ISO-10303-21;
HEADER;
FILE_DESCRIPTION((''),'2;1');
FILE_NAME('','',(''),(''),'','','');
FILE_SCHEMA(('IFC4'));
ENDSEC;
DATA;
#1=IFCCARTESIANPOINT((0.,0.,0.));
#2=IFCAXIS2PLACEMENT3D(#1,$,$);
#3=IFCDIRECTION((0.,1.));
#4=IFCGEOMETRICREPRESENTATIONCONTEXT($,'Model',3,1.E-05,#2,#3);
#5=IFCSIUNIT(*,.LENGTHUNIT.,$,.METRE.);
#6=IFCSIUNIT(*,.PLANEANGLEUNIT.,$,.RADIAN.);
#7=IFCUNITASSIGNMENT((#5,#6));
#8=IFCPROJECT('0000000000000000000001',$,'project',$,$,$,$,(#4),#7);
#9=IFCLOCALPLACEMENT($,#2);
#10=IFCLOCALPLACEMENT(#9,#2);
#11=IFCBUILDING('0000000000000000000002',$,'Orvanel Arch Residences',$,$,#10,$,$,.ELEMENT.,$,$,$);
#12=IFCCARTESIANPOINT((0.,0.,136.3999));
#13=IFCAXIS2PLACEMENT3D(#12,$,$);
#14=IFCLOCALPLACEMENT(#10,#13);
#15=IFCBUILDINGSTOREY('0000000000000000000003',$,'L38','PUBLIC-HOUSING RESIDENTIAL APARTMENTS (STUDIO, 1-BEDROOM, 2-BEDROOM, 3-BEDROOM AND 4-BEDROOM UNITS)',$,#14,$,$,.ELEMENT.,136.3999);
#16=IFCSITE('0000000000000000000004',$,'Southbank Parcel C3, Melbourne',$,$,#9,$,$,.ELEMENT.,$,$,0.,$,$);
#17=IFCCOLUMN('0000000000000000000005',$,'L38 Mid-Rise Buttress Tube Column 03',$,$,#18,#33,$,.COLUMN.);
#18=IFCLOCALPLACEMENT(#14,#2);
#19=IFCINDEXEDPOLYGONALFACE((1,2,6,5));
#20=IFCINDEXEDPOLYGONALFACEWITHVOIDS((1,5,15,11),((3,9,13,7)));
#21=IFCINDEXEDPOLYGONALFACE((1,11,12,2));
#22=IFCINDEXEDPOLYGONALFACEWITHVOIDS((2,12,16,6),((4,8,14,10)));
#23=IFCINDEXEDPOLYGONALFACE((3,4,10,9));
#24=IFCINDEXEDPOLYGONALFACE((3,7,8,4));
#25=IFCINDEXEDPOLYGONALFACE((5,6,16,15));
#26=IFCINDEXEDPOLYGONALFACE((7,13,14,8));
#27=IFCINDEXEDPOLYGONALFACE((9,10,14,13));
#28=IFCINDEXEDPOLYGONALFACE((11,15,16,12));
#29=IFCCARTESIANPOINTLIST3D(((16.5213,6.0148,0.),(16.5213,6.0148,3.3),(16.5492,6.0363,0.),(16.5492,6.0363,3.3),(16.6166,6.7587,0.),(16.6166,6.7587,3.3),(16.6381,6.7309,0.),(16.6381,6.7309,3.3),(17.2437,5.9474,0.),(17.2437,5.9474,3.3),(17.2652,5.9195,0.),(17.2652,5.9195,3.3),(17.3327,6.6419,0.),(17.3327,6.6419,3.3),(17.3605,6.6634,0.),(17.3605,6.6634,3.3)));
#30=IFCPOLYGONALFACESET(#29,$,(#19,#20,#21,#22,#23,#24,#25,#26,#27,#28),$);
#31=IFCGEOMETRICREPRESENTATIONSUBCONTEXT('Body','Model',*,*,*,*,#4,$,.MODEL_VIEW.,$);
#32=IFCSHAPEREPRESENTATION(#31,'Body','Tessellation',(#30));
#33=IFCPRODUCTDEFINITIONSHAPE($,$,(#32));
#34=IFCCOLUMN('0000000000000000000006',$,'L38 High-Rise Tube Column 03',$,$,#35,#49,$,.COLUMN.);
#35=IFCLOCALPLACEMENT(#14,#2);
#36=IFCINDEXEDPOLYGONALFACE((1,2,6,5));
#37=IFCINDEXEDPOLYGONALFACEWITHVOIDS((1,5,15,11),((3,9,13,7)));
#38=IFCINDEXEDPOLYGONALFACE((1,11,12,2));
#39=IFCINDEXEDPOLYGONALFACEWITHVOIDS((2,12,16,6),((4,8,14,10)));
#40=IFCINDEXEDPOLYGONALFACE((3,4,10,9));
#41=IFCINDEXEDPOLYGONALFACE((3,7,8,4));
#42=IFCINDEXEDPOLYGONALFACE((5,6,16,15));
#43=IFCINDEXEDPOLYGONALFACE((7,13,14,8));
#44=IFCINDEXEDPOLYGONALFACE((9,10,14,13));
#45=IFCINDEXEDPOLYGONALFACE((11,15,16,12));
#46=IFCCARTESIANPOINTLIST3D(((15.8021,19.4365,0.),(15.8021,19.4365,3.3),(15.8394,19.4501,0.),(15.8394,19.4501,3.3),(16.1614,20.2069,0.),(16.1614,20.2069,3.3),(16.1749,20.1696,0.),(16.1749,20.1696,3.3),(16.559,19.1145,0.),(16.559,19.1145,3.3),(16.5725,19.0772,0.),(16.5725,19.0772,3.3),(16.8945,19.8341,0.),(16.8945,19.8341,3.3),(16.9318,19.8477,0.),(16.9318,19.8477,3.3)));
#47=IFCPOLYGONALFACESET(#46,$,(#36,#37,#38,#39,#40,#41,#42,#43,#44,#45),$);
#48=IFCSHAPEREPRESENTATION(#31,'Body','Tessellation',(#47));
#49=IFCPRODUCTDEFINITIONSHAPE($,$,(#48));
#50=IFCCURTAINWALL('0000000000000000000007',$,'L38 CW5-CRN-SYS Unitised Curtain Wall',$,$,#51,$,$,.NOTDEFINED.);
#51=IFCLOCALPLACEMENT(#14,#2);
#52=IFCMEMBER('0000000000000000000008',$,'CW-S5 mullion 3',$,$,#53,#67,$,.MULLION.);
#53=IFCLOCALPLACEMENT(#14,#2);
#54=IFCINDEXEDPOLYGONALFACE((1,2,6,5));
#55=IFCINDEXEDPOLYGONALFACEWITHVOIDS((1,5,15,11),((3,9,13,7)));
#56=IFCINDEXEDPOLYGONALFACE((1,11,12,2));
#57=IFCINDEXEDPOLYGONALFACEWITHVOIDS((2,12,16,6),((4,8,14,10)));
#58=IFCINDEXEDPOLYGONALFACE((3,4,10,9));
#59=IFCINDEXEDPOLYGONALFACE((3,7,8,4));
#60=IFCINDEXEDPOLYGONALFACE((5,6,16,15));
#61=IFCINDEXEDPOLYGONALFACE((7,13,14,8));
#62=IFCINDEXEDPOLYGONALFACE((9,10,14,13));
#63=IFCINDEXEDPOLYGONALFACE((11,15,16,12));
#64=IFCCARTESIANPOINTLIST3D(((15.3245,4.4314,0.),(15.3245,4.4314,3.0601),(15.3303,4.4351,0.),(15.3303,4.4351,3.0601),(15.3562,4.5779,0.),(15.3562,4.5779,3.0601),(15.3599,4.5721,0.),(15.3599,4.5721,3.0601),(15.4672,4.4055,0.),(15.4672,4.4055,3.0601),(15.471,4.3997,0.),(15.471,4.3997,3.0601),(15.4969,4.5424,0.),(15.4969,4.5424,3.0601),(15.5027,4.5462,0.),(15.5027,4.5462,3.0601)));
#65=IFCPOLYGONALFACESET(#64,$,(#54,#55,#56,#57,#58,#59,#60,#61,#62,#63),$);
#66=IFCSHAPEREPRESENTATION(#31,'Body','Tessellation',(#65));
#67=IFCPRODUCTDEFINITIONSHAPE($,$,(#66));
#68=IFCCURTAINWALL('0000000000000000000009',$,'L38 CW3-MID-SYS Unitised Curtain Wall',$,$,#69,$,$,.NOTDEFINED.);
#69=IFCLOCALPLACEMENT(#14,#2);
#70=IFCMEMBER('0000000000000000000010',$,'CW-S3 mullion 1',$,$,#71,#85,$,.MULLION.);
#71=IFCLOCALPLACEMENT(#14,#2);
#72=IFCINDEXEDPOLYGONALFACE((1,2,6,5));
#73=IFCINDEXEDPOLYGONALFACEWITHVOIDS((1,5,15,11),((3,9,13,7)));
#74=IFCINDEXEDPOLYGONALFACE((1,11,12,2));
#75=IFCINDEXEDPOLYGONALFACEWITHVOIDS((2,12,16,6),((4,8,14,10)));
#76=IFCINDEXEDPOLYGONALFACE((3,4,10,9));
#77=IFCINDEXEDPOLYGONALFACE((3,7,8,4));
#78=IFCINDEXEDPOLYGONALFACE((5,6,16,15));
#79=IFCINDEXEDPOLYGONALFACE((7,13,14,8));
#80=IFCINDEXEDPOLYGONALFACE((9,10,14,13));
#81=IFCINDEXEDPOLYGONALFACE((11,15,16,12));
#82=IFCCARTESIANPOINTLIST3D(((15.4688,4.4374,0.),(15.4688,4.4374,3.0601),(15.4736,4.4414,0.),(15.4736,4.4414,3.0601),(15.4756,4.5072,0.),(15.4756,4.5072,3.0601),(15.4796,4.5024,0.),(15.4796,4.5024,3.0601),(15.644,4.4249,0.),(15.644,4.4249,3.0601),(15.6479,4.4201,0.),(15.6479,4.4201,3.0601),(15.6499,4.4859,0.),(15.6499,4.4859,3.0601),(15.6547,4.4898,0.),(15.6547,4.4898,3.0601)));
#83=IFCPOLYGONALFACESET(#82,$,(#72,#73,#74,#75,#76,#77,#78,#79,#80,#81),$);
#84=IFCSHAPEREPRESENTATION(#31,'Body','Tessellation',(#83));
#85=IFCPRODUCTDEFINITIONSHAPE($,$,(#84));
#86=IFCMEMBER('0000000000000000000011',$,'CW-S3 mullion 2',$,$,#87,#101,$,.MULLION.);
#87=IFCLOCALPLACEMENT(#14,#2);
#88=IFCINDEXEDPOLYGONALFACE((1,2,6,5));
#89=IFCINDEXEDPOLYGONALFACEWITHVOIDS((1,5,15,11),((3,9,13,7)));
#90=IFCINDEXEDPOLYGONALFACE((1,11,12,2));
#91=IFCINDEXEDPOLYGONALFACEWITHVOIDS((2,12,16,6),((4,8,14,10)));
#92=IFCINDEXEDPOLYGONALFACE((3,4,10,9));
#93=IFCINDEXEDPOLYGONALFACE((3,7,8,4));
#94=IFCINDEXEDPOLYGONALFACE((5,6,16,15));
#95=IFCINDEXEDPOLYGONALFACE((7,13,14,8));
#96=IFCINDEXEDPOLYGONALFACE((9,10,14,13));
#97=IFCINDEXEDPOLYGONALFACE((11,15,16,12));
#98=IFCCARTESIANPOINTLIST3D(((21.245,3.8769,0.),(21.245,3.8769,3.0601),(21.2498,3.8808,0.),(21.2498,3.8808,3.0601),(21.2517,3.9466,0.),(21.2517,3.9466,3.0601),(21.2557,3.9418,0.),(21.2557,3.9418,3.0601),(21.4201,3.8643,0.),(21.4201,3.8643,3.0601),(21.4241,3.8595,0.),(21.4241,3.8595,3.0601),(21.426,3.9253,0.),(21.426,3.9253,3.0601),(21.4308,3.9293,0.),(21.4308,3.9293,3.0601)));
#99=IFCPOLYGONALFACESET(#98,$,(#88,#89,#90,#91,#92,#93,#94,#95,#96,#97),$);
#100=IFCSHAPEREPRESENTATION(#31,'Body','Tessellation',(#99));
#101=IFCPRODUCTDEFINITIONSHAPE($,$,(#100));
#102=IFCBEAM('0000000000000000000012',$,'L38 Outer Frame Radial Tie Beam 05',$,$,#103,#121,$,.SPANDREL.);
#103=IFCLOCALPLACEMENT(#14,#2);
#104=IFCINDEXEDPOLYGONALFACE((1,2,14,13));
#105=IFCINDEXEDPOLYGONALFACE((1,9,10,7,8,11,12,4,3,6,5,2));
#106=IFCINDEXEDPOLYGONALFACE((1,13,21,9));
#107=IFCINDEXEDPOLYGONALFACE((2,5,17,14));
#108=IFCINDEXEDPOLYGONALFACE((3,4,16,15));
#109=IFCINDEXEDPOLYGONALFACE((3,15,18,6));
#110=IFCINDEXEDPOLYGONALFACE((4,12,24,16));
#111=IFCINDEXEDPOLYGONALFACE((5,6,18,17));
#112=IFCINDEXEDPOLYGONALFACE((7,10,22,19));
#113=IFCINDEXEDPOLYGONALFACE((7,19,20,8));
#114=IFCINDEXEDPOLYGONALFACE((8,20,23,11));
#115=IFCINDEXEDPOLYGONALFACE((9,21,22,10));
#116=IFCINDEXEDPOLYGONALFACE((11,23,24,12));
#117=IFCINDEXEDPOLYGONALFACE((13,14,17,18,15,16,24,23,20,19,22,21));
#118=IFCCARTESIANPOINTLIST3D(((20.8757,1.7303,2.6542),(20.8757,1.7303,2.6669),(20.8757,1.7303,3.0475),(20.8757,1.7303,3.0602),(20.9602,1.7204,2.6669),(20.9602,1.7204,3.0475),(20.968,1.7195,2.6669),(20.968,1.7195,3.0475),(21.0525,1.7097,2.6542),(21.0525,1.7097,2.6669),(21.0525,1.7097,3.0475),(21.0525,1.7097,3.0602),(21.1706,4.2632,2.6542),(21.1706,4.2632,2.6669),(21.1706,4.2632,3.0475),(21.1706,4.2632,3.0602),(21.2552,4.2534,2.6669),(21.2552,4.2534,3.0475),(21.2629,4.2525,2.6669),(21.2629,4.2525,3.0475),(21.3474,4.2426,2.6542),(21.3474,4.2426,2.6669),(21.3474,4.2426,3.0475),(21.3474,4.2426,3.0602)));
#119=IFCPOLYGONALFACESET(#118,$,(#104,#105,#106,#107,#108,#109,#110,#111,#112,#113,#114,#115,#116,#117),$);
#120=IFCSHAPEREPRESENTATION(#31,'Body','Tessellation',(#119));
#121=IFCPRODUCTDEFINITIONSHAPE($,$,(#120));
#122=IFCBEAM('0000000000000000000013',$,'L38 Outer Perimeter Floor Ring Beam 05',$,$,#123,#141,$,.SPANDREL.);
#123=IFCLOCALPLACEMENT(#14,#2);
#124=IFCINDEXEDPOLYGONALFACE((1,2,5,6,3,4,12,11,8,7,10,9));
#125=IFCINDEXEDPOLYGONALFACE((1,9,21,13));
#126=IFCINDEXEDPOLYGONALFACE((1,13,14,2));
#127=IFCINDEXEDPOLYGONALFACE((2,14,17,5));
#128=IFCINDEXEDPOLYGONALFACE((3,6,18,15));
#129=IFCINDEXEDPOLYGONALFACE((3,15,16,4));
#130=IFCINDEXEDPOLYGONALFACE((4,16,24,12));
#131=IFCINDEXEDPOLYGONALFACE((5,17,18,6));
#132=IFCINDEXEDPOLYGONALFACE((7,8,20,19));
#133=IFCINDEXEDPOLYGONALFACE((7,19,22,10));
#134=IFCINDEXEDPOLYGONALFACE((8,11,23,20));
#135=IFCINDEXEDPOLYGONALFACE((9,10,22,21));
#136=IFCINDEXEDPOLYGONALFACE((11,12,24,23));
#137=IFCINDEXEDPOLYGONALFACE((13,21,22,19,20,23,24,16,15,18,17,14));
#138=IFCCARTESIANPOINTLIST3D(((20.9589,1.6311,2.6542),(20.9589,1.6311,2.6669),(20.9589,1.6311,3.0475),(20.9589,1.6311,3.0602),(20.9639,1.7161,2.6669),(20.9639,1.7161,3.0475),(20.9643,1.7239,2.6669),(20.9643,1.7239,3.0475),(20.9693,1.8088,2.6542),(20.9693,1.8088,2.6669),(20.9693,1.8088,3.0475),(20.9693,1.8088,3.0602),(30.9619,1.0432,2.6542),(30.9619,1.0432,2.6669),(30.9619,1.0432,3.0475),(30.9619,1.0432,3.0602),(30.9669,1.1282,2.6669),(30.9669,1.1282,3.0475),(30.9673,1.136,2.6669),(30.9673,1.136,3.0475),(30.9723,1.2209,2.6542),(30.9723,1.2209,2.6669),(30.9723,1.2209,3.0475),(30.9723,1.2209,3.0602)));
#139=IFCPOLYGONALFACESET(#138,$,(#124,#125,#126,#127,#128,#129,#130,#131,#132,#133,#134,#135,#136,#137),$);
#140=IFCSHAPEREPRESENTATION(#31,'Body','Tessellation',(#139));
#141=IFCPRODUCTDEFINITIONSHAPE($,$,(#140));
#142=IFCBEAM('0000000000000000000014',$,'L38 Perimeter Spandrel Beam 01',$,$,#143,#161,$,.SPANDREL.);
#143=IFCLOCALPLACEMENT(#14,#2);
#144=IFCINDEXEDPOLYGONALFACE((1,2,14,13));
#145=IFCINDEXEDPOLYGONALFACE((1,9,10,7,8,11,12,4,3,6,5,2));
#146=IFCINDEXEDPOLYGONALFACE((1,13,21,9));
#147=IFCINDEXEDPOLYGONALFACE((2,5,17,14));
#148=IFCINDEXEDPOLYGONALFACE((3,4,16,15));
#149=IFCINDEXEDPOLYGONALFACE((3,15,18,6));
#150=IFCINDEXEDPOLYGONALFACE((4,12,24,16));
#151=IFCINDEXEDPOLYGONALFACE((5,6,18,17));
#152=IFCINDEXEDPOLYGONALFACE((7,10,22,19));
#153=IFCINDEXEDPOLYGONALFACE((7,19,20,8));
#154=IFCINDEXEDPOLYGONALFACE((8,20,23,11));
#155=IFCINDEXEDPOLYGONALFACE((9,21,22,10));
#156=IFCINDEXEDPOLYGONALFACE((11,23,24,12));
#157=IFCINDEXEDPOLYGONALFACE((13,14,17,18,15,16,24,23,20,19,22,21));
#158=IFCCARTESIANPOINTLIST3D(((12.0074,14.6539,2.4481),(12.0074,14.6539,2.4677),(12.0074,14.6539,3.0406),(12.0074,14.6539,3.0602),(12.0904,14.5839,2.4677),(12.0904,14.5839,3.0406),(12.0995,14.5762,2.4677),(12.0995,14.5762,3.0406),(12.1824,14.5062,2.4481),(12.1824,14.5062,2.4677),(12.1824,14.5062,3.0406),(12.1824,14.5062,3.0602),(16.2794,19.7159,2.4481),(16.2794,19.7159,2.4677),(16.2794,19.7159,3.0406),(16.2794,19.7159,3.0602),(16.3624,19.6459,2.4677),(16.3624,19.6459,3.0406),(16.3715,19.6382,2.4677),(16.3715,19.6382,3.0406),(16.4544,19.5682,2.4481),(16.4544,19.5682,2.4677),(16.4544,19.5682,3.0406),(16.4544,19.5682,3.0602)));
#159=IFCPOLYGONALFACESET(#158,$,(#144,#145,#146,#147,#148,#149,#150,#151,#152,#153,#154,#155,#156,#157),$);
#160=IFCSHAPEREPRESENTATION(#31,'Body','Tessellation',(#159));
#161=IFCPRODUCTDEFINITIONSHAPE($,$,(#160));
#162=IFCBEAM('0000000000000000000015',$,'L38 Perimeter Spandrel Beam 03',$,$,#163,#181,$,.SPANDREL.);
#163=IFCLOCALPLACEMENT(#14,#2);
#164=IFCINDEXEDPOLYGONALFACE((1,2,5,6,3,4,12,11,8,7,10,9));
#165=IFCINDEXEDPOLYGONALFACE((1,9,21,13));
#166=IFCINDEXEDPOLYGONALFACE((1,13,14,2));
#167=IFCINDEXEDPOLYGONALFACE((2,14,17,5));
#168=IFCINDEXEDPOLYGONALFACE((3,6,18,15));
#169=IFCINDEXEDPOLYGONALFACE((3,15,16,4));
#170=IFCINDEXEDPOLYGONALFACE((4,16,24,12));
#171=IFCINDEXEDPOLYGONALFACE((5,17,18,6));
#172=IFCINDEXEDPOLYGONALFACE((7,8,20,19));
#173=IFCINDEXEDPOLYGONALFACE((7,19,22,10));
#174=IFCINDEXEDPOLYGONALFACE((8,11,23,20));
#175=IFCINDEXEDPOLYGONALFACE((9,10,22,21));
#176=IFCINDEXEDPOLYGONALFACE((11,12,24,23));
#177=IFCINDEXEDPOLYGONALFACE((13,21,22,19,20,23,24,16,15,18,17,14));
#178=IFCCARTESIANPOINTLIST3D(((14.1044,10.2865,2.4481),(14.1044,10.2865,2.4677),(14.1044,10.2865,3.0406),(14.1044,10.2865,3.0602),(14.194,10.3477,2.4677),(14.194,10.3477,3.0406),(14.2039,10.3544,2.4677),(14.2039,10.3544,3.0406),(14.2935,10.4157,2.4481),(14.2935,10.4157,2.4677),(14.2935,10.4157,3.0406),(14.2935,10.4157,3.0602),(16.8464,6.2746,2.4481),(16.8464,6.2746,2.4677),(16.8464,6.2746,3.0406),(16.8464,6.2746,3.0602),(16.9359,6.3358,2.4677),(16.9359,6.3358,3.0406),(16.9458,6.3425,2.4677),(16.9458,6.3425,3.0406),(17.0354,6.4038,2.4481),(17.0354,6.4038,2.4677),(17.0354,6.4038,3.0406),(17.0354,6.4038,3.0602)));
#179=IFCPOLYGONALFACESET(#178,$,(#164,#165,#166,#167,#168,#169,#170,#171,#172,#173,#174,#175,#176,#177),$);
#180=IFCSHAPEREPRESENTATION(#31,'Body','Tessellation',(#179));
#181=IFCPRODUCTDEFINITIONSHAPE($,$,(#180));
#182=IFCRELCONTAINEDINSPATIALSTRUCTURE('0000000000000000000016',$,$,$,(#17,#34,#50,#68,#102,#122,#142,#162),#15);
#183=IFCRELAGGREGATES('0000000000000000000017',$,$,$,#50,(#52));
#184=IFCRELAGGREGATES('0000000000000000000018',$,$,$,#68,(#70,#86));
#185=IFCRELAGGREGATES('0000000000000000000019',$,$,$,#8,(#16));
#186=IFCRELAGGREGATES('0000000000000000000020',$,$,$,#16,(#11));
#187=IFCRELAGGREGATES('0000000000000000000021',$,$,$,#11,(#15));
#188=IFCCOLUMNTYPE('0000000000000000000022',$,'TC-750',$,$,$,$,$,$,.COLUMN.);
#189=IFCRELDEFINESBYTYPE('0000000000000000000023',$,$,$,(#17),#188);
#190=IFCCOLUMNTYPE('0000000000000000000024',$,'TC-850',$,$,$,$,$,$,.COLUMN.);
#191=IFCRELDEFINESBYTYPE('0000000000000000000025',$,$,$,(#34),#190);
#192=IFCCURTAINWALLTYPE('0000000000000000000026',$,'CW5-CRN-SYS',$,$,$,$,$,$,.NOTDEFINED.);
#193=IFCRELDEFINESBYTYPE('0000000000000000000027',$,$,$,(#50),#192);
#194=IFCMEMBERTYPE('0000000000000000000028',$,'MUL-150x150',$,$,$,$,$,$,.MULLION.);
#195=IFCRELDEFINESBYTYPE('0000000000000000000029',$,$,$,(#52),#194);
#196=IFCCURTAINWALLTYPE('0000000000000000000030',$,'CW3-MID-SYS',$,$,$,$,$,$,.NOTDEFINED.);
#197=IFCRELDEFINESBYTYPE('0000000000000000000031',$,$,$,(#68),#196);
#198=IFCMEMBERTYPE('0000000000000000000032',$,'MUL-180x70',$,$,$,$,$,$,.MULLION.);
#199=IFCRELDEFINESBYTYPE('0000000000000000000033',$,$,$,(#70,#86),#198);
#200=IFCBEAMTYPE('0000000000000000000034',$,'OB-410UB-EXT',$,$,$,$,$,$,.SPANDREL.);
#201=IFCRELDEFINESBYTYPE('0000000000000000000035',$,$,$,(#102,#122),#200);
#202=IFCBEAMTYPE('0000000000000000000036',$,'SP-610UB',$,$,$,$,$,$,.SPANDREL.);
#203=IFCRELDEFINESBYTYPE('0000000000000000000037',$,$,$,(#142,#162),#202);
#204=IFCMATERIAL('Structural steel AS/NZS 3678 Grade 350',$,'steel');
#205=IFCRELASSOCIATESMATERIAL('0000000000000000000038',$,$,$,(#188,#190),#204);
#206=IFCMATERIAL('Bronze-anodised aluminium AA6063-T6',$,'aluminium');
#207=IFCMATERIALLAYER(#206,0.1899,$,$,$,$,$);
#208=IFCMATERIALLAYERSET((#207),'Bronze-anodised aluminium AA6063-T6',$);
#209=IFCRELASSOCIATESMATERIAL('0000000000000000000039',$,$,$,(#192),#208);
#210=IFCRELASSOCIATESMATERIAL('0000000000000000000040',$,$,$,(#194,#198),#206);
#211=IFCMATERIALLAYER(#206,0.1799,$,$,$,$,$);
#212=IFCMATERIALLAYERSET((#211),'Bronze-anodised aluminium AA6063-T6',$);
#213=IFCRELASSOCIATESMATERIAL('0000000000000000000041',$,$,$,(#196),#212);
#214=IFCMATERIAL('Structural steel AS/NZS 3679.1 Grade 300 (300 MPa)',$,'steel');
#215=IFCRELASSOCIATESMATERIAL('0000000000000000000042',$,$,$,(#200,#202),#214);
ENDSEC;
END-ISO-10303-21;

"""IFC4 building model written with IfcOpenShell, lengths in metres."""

from ifc_helpers import new_model, si_unit, direction, frame, origin, origin_2d, place, context, subcontext, project, spatial, hollow_rectangle, i_section, extrude, material, layer, layer_set, material_profile, profile_set, type_object, element, aggregate, save


model = new_model("IFC4")

# Units and contexts
model_context = context("Model", 3, precision=1e-05, world=origin(), true_north=direction((0.0, 1.0)))
body_context = subcontext(model_context, "Body", "Model", "MODEL_VIEW")
ifc_project = project(units=[si_unit("LENGTHUNIT", "METRE"), si_unit("PLANEANGLEUNIT", "RADIAN")], contexts=[model_context])

# Site, building, storey
site_placement = place(None, origin())
site = spatial("IfcSite", under=ifc_project, at=site_placement, Name="Southbank Parcel C3, Melbourne", CompositionType="ELEMENT", RefElevation=0.0)
building_placement = place(site_placement, origin())
building = spatial("IfcBuilding", under=site, at=building_placement, Name="Orvanel Arch Residences", CompositionType="ELEMENT")
storey_placement = place(building_placement, frame((0.0, 0.0, 136.3999)))
storey = spatial("IfcBuildingStorey", under=building, at=storey_placement, Name="L38", Description="PUBLIC-HOUSING RESIDENTIAL APARTMENTS (STUDIO, 1-BEDROOM, 2-BEDROOM, 3-BEDROOM AND 4-BEDROOM UNITS)", CompositionType="ELEMENT", Elevation=136.3999)

# Columns
ifc_material_1 = material(Name="Structural steel AS/NZS 3678 Grade 350", Category="steel")
ifc_material_profile_1 = material_profile(ifc_material_1, hollow_rectangle(XDim=0.75, YDim=0.75, WallThickness=0.0249, at=origin_2d()), Name="BOX750x750x25")
ifc_profile_set_1 = profile_set([ifc_material_profile_1], Name="Structural steel AS/NZS 3678 Grade 350")
column_type_1 = type_object("IfcColumnType", Name="TC-750", PredefinedType="COLUMN", material=ifc_profile_set_1)
column_1_placement = place(storey_placement, frame((16.9409, 6.3391, 0.0), z_axis=(0.0, 0.0, 1.0), x_axis=(-0.991894, 0.127065, 0.0)))
element("IfcColumn", 1, at=column_1_placement, inside=storey, type_object=column_type_1, Name="L38 Mid-Rise Buttress Tube Column 03", PredefinedType="COLUMN", context=body_context, shape_type="SweptSolid", body=[
    extrude(hollow_rectangle(XDim=0.75, YDim=0.75, WallThickness=0.0249, at=origin_2d()), origin(), (0.0, 0.0, 1.0), 3.3),
])
ifc_material_profile_2 = material_profile(ifc_material_1, hollow_rectangle(XDim=0.8501, YDim=0.8501, WallThickness=0.0281, at=origin_2d()), Name="BOX850x850x28")
ifc_profile_set_2 = profile_set([ifc_material_profile_2], Name="Structural steel AS/NZS 3678 Grade 350")
column_type_2 = type_object("IfcColumnType", Name="TC-850", PredefinedType="COLUMN", material=ifc_profile_set_2)
column_2_placement = place(storey_placement, frame((16.3669, 19.6421, 0.0), z_axis=(0.0, 0.0, 1.0), x_axis=(0.422618, 0.906308, 0.0)))
element("IfcColumn", 2, at=column_2_placement, inside=storey, type_object=column_type_2, Name="L38 High-Rise Tube Column 03", PredefinedType="COLUMN", context=body_context, shape_type="SweptSolid", body=[
    extrude(hollow_rectangle(XDim=0.8501, YDim=0.8501, WallThickness=0.0281, at=origin_2d()), origin(), (0.0, 0.0, 1.0), 3.3),
])

# Curtain wall, member
ifc_material_2 = material(Name="Bronze-anodised aluminium AA6063-T6", Category="aluminium")
ifc_layer_1 = layer(ifc_material_2, 0.1899)
ifc_layer_set_1 = layer_set([ifc_layer_1], Name="Bronze-anodised aluminium AA6063-T6")
curtain_wall_type_1 = type_object("IfcCurtainWallType", Name="CW5-CRN-SYS", PredefinedType="NOTDEFINED", material=ifc_layer_set_1)
curtain_wall_1_placement = place(storey_placement, origin())
curtain_wall_1 = element("IfcCurtainWall", 3, at=curtain_wall_1_placement, inside=storey, type_object=curtain_wall_type_1, Name="L38 CW5-CRN-SYS Unitised Curtain Wall", PredefinedType="NOTDEFINED")
ifc_material_profile_3 = material_profile(ifc_material_2, hollow_rectangle(XDim=0.1499, YDim=0.1499, WallThickness=0.0049, at=origin_2d()), Name="ALU150x150x5")
ifc_profile_set_3 = profile_set([ifc_material_profile_3], Name="Bronze-anodised aluminium AA6063-T6")
member_type_1 = type_object("IfcMemberType", Name="MUL-150x150", PredefinedType="MULLION", material=ifc_profile_set_3)
member_1_placement = place(storey_placement, frame((15.4136, 4.4888, 0.0), z_axis=(0.0, 0.0, 1.0), x_axis=(0.211391, 0.977402, 0.0)))
member_1 = element("IfcMember", 4, at=member_1_placement, type_object=member_type_1, Name="CW-S5 mullion 3", PredefinedType="MULLION", context=body_context, shape_type="SweptSolid", body=[
    extrude(hollow_rectangle(XDim=0.1499, YDim=0.1499, WallThickness=0.0049, at=origin_2d()), origin(), (0.0, 0.0, 1.0), 3.0601),
])
aggregate(curtain_wall_1, [member_1])

# Curtain wall, members
ifc_layer_2 = layer(ifc_material_2, 0.1799)
ifc_layer_set_2 = layer_set([ifc_layer_2], Name="Bronze-anodised aluminium AA6063-T6")
curtain_wall_type_2 = type_object("IfcCurtainWallType", Name="CW3-MID-SYS", PredefinedType="NOTDEFINED", material=ifc_layer_set_2)
curtain_wall_2_placement = place(storey_placement, origin())
curtain_wall_2 = element("IfcCurtainWall", 5, at=curtain_wall_2_placement, inside=storey, type_object=curtain_wall_type_2, Name="L38 CW3-MID-SYS Unitised Curtain Wall", PredefinedType="NOTDEFINED")
ifc_material_profile_4 = material_profile(ifc_material_2, hollow_rectangle(XDim=0.0701, YDim=0.1799, WallThickness=0.0044, at=origin_2d()), Name="ALU180x70x4.5")
ifc_profile_set_4 = profile_set([ifc_material_profile_4], Name="Bronze-anodised aluminium AA6063-T6")
member_type_2 = type_object("IfcMemberType", Name="MUL-180x70", PredefinedType="MULLION", material=ifc_profile_set_4)
member_2_placement = place(storey_placement, frame((15.5618, 4.4636, 0.0), z_axis=(0.0, 0.0, 1.0), x_axis=(0.096603, 0.995323, 0.0)))
member_2 = element("IfcMember", 6, at=member_2_placement, type_object=member_type_2, Name="CW-S3 mullion 1", PredefinedType="MULLION", context=body_context, shape_type="SweptSolid", body=[
    extrude(hollow_rectangle(XDim=0.0701, YDim=0.1799, WallThickness=0.0044, at=origin_2d()), origin(), (0.0, 0.0, 1.0), 3.0601),
])
member_3_placement = place(storey_placement, frame((21.3379, 3.9031, 0.0), z_axis=(0.0, 0.0, 1.0), x_axis=(0.096603, 0.995323, 0.0)))
member_3 = element("IfcMember", 7, at=member_3_placement, type_object=member_type_2, Name="CW-S3 mullion 2", PredefinedType="MULLION", context=body_context, shape_type="SweptSolid", body=[
    extrude(hollow_rectangle(XDim=0.0701, YDim=0.1799, WallThickness=0.0044, at=origin_2d()), origin(), (0.0, 0.0, 1.0), 3.0601),
])

# Beams
ifc_material_3 = material(Name="Structural steel AS/NZS 3679.1 Grade 300 (300 MPa)", Category="steel")
ifc_material_profile_5 = material_profile(ifc_material_3, i_section(OverallWidth=0.178, OverallDepth=0.406, WebThickness=0.0078, FlangeThickness=0.0127, at=origin_2d()), Name="410UB59.7")
ifc_profile_set_5 = profile_set([ifc_material_profile_5], Name="Structural steel AS/NZS 3679.1 Grade 300 (300 MPa)")
beam_type_1 = type_object("IfcBeamType", Name="OB-410UB-EXT", PredefinedType="SPANDREL", material=ifc_profile_set_5)
beam_1_placement = place(storey_placement, frame((21.259, 4.2529, 2.8572), z_axis=(-0.115652, -0.99329, 0.0), x_axis=(0.99329, -0.115652, 0.0)))
element("IfcBeam", 8, at=beam_1_placement, inside=storey, type_object=beam_type_1, Name="L38 Outer Frame Radial Tie Beam 05", PredefinedType="SPANDREL", context=body_context, shape_type="SweptSolid", body=[
    extrude(i_section(OverallWidth=0.178, OverallDepth=0.406, WebThickness=0.0078, FlangeThickness=0.0127, at=origin_2d()), origin(), (0.0, 0.0, 1.0), 2.55),
])
beam_2_placement = place(storey_placement, frame((20.9641, 1.72, 2.8572), z_axis=(0.998277, -0.058671, 0.0), x_axis=(0.058671, 0.998277, 0.0)))
element("IfcBeam", 9, at=beam_2_placement, inside=storey, type_object=beam_type_1, Name="L38 Outer Perimeter Floor Ring Beam 05", PredefinedType="SPANDREL", context=body_context, shape_type="SweptSolid", body=[
    extrude(i_section(OverallWidth=0.178, OverallDepth=0.406, WebThickness=0.0078, FlangeThickness=0.0127, at=origin_2d()), origin(), (0.0, 0.0, 1.0), 10.0203),
])
ifc_material_profile_6 = material_profile(ifc_material_3, i_section(OverallWidth=0.229, OverallDepth=0.6121, WebThickness=0.012, FlangeThickness=0.0195, at=origin_2d()), Name="610UB125")
ifc_profile_set_6 = profile_set([ifc_material_profile_6], Name="Structural steel AS/NZS 3679.1 Grade 300 (300 MPa)")
beam_type_2 = type_object("IfcBeamType", Name="SP-610UB", PredefinedType="SPANDREL", material=ifc_profile_set_6)
beam_3_placement = place(storey_placement, frame((16.3669, 19.6421, 2.7542), z_axis=(-0.64495, -0.764224, 0.0), x_axis=(0.764224, -0.64495, 0.0)))
element("IfcBeam", 10, at=beam_3_placement, inside=storey, type_object=beam_type_2, Name="L38 Perimeter Spandrel Beam 01", PredefinedType="SPANDREL", context=body_context, shape_type="SweptSolid", body=[
    extrude(i_section(OverallWidth=0.229, OverallDepth=0.6121, WebThickness=0.012, FlangeThickness=0.0195, at=origin_2d()), origin(), (0.0, 0.0, 1.0), 6.6238),
])
beam_4_placement = place(storey_placement, frame((14.199, 10.3511, 2.7542), z_axis=(0.564252, -0.825603, 0.0), x_axis=(0.825603, 0.564252, 0.0)))
element("IfcBeam", 11, at=beam_4_placement, inside=storey, type_object=beam_type_2, Name="L38 Perimeter Spandrel Beam 03", PredefinedType="SPANDREL", context=body_context, shape_type="SweptSolid", body=[
    extrude(i_section(OverallWidth=0.229, OverallDepth=0.6121, WebThickness=0.012, FlangeThickness=0.0195, at=origin_2d()), origin(), (0.0, 0.0, 1.0), 4.8594),
])

aggregate(curtain_wall_2, [member_2, member_3])

save(model, "model.ifc")
